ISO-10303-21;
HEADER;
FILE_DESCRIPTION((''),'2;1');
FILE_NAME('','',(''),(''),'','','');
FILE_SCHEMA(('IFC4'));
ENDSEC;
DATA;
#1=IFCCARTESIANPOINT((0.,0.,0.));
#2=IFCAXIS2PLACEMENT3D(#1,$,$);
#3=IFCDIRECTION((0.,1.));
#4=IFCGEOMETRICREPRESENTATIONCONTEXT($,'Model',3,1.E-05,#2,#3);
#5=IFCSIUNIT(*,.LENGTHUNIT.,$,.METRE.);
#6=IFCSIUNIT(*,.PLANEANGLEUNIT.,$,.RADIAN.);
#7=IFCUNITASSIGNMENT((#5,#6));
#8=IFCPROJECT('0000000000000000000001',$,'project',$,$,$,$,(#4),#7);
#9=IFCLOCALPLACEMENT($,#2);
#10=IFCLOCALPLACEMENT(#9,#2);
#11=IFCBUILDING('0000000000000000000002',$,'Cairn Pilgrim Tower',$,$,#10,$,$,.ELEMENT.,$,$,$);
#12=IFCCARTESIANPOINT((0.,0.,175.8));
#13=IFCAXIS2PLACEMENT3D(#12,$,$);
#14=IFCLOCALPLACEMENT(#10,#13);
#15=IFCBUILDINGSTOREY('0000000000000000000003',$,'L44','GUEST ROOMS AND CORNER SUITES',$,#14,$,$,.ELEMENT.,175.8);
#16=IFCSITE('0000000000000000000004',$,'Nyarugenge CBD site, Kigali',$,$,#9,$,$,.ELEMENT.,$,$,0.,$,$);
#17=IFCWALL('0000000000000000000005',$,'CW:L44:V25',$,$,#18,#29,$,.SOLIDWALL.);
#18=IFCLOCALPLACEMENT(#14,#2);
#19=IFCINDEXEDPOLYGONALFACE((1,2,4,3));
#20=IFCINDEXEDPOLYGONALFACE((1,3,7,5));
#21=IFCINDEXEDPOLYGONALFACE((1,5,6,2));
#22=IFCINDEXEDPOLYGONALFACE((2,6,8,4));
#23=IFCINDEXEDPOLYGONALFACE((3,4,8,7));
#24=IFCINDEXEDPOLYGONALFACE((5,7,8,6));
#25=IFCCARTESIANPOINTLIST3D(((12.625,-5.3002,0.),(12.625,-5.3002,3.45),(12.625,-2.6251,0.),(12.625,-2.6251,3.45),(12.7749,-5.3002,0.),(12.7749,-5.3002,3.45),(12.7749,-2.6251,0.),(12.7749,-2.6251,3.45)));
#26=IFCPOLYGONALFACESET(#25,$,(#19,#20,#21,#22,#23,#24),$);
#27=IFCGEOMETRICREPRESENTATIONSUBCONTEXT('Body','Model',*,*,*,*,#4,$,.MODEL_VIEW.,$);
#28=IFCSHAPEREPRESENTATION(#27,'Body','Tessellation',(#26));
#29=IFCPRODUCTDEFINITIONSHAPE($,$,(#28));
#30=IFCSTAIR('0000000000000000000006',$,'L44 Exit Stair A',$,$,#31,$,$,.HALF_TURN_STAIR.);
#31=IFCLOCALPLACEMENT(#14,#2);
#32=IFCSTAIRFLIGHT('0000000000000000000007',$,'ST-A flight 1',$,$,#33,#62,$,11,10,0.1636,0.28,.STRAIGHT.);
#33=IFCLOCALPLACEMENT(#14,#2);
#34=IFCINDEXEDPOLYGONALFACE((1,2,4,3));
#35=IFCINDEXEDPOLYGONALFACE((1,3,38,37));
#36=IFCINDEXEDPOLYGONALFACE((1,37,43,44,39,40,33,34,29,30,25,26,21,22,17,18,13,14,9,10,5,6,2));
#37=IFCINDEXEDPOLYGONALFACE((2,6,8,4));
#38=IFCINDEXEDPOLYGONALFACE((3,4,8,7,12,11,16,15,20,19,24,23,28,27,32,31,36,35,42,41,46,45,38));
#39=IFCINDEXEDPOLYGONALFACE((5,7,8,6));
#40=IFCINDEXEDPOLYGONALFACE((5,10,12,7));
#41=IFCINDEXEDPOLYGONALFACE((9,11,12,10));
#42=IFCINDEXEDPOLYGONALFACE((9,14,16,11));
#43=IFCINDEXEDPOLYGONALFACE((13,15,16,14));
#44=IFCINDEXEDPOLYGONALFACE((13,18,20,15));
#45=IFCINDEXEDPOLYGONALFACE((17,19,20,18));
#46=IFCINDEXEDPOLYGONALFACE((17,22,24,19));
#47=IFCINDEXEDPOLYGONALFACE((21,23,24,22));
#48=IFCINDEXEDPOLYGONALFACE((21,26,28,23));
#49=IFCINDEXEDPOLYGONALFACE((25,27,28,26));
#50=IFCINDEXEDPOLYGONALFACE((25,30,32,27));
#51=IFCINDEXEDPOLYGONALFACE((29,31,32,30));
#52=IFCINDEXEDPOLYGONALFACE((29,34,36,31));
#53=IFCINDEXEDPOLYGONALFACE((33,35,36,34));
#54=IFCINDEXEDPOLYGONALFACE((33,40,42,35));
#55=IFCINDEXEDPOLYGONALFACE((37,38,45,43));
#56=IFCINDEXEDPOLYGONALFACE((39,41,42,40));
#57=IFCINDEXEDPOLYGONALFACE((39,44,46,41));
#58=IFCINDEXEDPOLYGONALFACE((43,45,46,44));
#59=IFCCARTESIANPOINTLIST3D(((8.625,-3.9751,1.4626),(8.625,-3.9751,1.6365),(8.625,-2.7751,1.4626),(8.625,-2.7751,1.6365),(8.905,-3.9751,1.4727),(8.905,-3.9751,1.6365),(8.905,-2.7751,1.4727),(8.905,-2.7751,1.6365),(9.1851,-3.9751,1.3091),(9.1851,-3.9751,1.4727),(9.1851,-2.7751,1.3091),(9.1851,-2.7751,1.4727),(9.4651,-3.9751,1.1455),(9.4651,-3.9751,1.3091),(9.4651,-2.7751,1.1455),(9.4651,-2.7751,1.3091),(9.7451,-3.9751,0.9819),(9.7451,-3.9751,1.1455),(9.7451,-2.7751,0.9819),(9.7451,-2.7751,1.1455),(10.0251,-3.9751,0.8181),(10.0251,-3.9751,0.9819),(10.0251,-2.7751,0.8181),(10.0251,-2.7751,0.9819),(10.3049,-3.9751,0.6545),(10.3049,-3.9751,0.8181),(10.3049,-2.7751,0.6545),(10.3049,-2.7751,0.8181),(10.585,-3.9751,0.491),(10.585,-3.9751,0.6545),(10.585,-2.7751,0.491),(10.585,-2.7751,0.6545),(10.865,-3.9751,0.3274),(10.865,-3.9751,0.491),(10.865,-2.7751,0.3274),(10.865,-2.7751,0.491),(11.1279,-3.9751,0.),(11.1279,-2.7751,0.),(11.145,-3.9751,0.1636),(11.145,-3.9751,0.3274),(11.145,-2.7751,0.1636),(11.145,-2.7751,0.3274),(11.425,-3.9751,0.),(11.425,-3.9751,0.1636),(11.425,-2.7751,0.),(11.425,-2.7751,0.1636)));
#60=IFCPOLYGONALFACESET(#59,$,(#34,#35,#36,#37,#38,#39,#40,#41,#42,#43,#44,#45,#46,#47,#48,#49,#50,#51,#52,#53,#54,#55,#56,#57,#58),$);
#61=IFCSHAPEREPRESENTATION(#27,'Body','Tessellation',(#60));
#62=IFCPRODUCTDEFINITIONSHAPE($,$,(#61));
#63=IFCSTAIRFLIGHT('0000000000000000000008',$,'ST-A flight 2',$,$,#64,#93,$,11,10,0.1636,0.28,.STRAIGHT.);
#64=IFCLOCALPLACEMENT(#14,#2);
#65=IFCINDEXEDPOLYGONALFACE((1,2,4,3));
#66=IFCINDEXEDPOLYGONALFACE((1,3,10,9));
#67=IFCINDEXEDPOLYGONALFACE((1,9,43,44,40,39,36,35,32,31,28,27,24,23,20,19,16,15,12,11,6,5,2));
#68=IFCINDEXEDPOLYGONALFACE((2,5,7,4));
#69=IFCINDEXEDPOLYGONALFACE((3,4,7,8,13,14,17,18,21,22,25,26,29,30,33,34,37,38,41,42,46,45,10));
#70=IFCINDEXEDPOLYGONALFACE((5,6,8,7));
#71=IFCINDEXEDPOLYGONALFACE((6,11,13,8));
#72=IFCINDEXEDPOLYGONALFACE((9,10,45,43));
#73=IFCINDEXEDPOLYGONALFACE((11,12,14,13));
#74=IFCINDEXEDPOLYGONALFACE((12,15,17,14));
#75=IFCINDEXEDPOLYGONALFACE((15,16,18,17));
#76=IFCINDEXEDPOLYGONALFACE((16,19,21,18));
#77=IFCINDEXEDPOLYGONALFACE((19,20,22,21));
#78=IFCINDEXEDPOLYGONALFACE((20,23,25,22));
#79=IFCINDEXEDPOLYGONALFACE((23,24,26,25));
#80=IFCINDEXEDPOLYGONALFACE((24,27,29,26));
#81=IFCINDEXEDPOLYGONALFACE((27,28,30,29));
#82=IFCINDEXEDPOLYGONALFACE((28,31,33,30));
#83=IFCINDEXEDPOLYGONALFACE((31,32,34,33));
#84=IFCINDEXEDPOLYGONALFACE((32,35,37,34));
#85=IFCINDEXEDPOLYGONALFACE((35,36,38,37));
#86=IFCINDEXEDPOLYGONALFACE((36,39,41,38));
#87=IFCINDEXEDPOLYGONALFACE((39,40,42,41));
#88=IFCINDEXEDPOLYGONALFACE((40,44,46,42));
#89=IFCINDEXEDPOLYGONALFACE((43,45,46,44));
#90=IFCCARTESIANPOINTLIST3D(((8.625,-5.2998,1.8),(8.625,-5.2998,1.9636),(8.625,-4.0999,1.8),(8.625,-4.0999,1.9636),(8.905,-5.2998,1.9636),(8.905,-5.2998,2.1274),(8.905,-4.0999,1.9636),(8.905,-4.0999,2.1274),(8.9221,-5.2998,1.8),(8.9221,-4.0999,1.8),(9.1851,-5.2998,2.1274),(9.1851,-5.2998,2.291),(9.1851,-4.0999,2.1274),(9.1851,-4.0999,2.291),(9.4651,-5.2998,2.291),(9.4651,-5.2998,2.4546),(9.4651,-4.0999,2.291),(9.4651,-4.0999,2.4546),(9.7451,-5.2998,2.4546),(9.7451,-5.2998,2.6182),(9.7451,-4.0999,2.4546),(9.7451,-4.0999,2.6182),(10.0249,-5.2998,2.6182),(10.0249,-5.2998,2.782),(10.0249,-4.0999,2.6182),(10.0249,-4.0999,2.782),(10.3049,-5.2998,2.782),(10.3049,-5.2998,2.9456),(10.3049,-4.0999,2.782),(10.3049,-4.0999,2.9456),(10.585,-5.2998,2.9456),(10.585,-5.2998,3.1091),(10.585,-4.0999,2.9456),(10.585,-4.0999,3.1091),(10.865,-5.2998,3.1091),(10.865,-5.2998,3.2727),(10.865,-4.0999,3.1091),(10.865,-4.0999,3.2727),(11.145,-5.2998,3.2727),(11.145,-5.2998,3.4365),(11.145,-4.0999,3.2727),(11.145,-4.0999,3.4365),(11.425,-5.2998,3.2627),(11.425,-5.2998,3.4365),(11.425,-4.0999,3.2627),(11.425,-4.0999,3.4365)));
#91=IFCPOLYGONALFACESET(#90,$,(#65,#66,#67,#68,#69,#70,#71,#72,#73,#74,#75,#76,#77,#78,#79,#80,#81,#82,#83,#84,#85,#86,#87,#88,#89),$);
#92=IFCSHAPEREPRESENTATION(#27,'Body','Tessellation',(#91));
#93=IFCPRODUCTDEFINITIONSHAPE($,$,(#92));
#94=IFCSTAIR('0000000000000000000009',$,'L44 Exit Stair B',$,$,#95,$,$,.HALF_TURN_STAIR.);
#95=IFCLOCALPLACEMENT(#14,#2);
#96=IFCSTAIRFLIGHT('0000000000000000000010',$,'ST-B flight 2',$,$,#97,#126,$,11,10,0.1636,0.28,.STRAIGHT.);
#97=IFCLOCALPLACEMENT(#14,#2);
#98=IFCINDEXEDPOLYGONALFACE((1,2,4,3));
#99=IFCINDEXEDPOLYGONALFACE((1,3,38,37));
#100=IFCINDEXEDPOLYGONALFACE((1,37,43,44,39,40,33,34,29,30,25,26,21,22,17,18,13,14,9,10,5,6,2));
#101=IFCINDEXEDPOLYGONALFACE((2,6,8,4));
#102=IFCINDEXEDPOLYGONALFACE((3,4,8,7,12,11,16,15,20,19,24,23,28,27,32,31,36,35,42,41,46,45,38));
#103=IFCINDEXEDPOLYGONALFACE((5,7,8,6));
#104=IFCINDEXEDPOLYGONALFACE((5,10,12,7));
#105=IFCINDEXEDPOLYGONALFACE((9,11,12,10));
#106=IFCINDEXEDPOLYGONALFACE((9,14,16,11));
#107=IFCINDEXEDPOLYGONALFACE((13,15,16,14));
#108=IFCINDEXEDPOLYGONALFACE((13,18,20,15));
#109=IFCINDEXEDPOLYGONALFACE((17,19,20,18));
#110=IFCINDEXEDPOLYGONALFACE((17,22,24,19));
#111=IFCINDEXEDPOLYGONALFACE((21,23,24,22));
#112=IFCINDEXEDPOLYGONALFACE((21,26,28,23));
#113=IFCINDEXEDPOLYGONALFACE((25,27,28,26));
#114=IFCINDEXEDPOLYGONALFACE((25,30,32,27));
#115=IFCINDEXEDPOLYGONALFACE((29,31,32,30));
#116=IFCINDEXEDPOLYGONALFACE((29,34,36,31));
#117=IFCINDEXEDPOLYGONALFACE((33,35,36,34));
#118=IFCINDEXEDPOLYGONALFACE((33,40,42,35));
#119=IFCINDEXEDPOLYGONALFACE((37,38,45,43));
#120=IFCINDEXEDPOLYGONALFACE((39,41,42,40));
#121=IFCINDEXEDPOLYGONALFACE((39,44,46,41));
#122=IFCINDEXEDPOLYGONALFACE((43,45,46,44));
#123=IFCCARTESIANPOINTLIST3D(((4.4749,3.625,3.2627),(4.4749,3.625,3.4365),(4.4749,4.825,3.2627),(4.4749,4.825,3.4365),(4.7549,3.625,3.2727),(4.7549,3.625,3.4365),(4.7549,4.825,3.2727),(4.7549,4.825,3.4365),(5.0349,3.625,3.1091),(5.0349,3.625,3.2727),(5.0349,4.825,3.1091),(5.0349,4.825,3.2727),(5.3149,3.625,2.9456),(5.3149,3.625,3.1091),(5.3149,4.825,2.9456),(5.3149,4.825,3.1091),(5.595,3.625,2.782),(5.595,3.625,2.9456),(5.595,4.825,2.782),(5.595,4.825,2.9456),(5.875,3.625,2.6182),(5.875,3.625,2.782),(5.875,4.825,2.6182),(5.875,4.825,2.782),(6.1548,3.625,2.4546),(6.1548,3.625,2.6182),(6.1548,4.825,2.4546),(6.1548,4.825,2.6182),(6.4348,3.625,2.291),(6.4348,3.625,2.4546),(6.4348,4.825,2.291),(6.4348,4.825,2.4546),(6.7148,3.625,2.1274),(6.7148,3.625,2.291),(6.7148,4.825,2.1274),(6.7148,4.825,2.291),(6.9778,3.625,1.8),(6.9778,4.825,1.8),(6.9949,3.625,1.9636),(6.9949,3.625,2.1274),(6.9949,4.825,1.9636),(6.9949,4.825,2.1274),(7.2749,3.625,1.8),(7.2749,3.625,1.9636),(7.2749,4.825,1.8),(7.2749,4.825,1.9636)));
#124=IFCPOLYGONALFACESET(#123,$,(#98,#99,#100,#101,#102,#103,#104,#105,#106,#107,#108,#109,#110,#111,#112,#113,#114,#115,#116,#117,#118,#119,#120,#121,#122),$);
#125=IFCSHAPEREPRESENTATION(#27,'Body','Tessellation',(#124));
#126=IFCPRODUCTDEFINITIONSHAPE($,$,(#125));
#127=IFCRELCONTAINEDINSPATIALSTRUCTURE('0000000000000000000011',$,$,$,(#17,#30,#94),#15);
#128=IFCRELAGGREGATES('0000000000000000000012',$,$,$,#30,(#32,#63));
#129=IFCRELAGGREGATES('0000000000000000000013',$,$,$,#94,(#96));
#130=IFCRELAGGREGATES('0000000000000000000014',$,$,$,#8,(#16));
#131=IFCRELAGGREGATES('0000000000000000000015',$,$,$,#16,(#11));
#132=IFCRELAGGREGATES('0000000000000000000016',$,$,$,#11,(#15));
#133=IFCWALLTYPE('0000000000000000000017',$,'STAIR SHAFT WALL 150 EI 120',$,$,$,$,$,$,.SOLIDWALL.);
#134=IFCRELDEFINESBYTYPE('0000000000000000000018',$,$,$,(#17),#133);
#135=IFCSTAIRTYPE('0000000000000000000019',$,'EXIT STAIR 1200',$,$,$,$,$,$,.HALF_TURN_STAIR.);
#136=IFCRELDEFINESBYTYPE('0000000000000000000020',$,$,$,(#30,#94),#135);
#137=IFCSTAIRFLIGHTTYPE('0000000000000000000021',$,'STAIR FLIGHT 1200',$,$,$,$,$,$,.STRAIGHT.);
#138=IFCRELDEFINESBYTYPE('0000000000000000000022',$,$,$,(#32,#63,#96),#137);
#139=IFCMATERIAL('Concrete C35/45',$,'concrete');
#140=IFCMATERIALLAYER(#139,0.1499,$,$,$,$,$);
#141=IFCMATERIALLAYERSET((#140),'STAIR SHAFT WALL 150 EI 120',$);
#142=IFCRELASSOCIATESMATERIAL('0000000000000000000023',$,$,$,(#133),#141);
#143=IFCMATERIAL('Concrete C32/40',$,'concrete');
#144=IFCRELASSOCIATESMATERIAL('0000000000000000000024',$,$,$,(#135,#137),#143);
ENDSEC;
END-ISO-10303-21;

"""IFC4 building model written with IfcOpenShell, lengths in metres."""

from ifc_helpers import new_model, si_unit, direction, frame, frame_2d, origin, place, context, subcontext, project, spatial, polyline, rectangle, outline, extrude, material, layer, layer_set, type_object, element, aggregate, save


model = new_model("IFC4")

# Units and contexts
model_context = context("Model", 3, precision=1e-05, world=origin(), true_north=direction((0.0, 1.0)))
body_context = subcontext(model_context, "Body", "Model", "MODEL_VIEW")
ifc_project = project(units=[si_unit("LENGTHUNIT", "METRE"), si_unit("PLANEANGLEUNIT", "RADIAN")], contexts=[model_context])

# Site, building, storey
site_placement = place(None, origin())
site = spatial("IfcSite", under=ifc_project, at=site_placement, Name="Nyarugenge CBD site, Kigali", CompositionType="ELEMENT", RefElevation=0.0)
building_placement = place(site_placement, origin())
building = spatial("IfcBuilding", under=site, at=building_placement, Name="Cairn Pilgrim Tower", CompositionType="ELEMENT")
storey_placement = place(building_placement, frame((0.0, 0.0, 175.8)))
storey = spatial("IfcBuildingStorey", under=building, at=storey_placement, Name="L44", Description="GUEST ROOMS AND CORNER SUITES", CompositionType="ELEMENT", Elevation=175.8)

# Shared definitions
ifc_material_1 = material(Name="Concrete C32/40", Category="concrete")

# Wall
ifc_material_2 = material(Name="Concrete C35/45", Category="concrete")
ifc_layer_1 = layer(ifc_material_2, 0.1499)
ifc_layer_set_1 = layer_set([ifc_layer_1], Name="STAIR SHAFT WALL 150 EI 120")
wall_type_1 = type_object("IfcWallType", Name="STAIR SHAFT WALL 150 EI 120", PredefinedType="SOLIDWALL", material=ifc_layer_set_1)
wall_1_placement = place(storey_placement, frame((12.7, -5.3, 0.0), z_axis=(0.0, 0.0, 1.0), x_axis=(0.0, 1.0, 0.0)))
element("IfcWall", 1, at=wall_1_placement, inside=storey, type_object=wall_type_1, Name="CW:L44:V25", PredefinedType="SOLIDWALL", context=body_context, shape_type="SweptSolid", body=[
    extrude(rectangle(XDim=2.675, YDim=0.1499, at=frame_2d((1.3374, 0.0))), origin(), (0.0, 0.0, 1.0), 3.45),
])

# Stair, stair flights
stair_type = type_object("IfcStairType", Name="EXIT STAIR 1200", PredefinedType="HALF_TURN_STAIR", material=ifc_material_1)
stair_1_placement = place(storey_placement, origin())
stair_1 = element("IfcStair", 2, at=stair_1_placement, inside=storey, type_object=stair_type, Name="L44 Exit Stair A", PredefinedType="HALF_TURN_STAIR")
stair_flight_type = type_object("IfcStairFlightType", Name="STAIR FLIGHT 1200", PredefinedType="STRAIGHT", material=ifc_material_1)
stair_flight_1_placement = place(storey_placement, frame((11.425, -3.375, 0.0), z_axis=(0.0, 0.0, 1.0), x_axis=(-1.0, 0.0, 0.0)))
stair_flight_1 = element("IfcStairFlight", 3, at=stair_flight_1_placement, type_object=stair_flight_type, Name="ST-A flight 1", NumberOfRisers=11, NumberOfTreads=10, PredefinedType="STRAIGHT", RiserHeight=0.1636, TreadLength=0.28, context=body_context, shape_type="SweptSolid", body=[
    extrude(outline(polyline([(0.0, 0.0), (0.0, 0.1636), (0.28, 0.1636), (0.28, 0.3274), (0.5601, 0.3274), (0.5601, 0.491), (0.8401, 0.491), (0.8401, 0.6545), (1.1201, 0.6545), (1.1201, 0.8181), (1.3999, 0.8181), (1.3999, 0.9819), (1.6799, 0.9819), (1.6799, 1.1455), (1.96, 1.1455), (1.96, 1.3091), (2.24, 1.3091), (2.24, 1.4727), (2.52, 1.4727), (2.52, 1.6365), (2.8, 1.6365), (2.8, 1.8), (2.8, 1.4626), (0.2971, 0.0), (0.0, 0.0)])), frame((0.0, 0.6001, 0.0), z_axis=(0.0, -1.0, 0.0), x_axis=(1.0, 0.0, 0.0)), (0.0, 0.0, 1.0), 1.2),
])
stair_flight_2_placement = place(storey_placement, frame((8.625, -4.7, 1.8), z_axis=(0.0, 0.0, 1.0), x_axis=(1.0, 0.0, 0.0)))
stair_flight_2 = element("IfcStairFlight", 4, at=stair_flight_2_placement, type_object=stair_flight_type, Name="ST-A flight 2", NumberOfRisers=11, NumberOfTreads=10, PredefinedType="STRAIGHT", RiserHeight=0.1636, TreadLength=0.28, context=body_context, shape_type="SweptSolid", body=[
    extrude(outline(polyline([(0.0, 0.0), (0.0, 0.1636), (0.28, 0.1636), (0.28, 0.3274), (0.5601, 0.3274), (0.5601, 0.491), (0.8401, 0.491), (0.8401, 0.6545), (1.1201, 0.6545), (1.1201, 0.8181), (1.3999, 0.8181), (1.3999, 0.9819), (1.6799, 0.9819), (1.6799, 1.1455), (1.96, 1.1455), (1.96, 1.3091), (2.24, 1.3091), (2.24, 1.4727), (2.52, 1.4727), (2.52, 1.6365), (2.8, 1.6365), (2.8, 1.8), (2.8, 1.4626), (0.2971, 0.0), (0.0, 0.0)])), frame((0.0, 0.6001, 0.0), z_axis=(0.0, -1.0, 0.0), x_axis=(1.0, 0.0, 0.0)), (0.0, 0.0, 1.0), 1.2),
])
aggregate(stair_1, [stair_flight_1, stair_flight_2])

# Stair, stair flight
stair_2_placement = place(storey_placement, origin())
stair_2 = element("IfcStair", 5, at=stair_2_placement, inside=storey, type_object=stair_type, Name="L44 Exit Stair B", PredefinedType="HALF_TURN_STAIR")
stair_flight_3_placement = place(storey_placement, frame((7.2749, 4.2251, 1.8), z_axis=(0.0, 0.0, 1.0), x_axis=(-1.0, 0.0, 0.0)))
stair_flight_3 = element("IfcStairFlight", 6, at=stair_flight_3_placement, type_object=stair_flight_type, Name="ST-B flight 2", NumberOfRisers=11, NumberOfTreads=10, PredefinedType="STRAIGHT", RiserHeight=0.1636, TreadLength=0.28, context=body_context, shape_type="SweptSolid", body=[
    extrude(outline(polyline([(0.0, 0.0), (0.0, 0.1636), (0.28, 0.1636), (0.28, 0.3274), (0.5601, 0.3274), (0.5601, 0.491), (0.8401, 0.491), (0.8401, 0.6545), (1.1201, 0.6545), (1.1201, 0.8181), (1.3999, 0.8181), (1.3999, 0.9819), (1.6799, 0.9819), (1.6799, 1.1455), (1.96, 1.1455), (1.96, 1.3091), (2.24, 1.3091), (2.24, 1.4727), (2.52, 1.4727), (2.52, 1.6365), (2.8, 1.6365), (2.8, 1.8), (2.8, 1.4626), (0.2971, 0.0), (0.0, 0.0)])), frame((0.0, 0.6001, 0.0), z_axis=(0.0, -1.0, 0.0), x_axis=(1.0, 0.0, 0.0)), (0.0, 0.0, 1.0), 1.2),
])
aggregate(stair_2, [stair_flight_3])

save(model, "model.ifc")
